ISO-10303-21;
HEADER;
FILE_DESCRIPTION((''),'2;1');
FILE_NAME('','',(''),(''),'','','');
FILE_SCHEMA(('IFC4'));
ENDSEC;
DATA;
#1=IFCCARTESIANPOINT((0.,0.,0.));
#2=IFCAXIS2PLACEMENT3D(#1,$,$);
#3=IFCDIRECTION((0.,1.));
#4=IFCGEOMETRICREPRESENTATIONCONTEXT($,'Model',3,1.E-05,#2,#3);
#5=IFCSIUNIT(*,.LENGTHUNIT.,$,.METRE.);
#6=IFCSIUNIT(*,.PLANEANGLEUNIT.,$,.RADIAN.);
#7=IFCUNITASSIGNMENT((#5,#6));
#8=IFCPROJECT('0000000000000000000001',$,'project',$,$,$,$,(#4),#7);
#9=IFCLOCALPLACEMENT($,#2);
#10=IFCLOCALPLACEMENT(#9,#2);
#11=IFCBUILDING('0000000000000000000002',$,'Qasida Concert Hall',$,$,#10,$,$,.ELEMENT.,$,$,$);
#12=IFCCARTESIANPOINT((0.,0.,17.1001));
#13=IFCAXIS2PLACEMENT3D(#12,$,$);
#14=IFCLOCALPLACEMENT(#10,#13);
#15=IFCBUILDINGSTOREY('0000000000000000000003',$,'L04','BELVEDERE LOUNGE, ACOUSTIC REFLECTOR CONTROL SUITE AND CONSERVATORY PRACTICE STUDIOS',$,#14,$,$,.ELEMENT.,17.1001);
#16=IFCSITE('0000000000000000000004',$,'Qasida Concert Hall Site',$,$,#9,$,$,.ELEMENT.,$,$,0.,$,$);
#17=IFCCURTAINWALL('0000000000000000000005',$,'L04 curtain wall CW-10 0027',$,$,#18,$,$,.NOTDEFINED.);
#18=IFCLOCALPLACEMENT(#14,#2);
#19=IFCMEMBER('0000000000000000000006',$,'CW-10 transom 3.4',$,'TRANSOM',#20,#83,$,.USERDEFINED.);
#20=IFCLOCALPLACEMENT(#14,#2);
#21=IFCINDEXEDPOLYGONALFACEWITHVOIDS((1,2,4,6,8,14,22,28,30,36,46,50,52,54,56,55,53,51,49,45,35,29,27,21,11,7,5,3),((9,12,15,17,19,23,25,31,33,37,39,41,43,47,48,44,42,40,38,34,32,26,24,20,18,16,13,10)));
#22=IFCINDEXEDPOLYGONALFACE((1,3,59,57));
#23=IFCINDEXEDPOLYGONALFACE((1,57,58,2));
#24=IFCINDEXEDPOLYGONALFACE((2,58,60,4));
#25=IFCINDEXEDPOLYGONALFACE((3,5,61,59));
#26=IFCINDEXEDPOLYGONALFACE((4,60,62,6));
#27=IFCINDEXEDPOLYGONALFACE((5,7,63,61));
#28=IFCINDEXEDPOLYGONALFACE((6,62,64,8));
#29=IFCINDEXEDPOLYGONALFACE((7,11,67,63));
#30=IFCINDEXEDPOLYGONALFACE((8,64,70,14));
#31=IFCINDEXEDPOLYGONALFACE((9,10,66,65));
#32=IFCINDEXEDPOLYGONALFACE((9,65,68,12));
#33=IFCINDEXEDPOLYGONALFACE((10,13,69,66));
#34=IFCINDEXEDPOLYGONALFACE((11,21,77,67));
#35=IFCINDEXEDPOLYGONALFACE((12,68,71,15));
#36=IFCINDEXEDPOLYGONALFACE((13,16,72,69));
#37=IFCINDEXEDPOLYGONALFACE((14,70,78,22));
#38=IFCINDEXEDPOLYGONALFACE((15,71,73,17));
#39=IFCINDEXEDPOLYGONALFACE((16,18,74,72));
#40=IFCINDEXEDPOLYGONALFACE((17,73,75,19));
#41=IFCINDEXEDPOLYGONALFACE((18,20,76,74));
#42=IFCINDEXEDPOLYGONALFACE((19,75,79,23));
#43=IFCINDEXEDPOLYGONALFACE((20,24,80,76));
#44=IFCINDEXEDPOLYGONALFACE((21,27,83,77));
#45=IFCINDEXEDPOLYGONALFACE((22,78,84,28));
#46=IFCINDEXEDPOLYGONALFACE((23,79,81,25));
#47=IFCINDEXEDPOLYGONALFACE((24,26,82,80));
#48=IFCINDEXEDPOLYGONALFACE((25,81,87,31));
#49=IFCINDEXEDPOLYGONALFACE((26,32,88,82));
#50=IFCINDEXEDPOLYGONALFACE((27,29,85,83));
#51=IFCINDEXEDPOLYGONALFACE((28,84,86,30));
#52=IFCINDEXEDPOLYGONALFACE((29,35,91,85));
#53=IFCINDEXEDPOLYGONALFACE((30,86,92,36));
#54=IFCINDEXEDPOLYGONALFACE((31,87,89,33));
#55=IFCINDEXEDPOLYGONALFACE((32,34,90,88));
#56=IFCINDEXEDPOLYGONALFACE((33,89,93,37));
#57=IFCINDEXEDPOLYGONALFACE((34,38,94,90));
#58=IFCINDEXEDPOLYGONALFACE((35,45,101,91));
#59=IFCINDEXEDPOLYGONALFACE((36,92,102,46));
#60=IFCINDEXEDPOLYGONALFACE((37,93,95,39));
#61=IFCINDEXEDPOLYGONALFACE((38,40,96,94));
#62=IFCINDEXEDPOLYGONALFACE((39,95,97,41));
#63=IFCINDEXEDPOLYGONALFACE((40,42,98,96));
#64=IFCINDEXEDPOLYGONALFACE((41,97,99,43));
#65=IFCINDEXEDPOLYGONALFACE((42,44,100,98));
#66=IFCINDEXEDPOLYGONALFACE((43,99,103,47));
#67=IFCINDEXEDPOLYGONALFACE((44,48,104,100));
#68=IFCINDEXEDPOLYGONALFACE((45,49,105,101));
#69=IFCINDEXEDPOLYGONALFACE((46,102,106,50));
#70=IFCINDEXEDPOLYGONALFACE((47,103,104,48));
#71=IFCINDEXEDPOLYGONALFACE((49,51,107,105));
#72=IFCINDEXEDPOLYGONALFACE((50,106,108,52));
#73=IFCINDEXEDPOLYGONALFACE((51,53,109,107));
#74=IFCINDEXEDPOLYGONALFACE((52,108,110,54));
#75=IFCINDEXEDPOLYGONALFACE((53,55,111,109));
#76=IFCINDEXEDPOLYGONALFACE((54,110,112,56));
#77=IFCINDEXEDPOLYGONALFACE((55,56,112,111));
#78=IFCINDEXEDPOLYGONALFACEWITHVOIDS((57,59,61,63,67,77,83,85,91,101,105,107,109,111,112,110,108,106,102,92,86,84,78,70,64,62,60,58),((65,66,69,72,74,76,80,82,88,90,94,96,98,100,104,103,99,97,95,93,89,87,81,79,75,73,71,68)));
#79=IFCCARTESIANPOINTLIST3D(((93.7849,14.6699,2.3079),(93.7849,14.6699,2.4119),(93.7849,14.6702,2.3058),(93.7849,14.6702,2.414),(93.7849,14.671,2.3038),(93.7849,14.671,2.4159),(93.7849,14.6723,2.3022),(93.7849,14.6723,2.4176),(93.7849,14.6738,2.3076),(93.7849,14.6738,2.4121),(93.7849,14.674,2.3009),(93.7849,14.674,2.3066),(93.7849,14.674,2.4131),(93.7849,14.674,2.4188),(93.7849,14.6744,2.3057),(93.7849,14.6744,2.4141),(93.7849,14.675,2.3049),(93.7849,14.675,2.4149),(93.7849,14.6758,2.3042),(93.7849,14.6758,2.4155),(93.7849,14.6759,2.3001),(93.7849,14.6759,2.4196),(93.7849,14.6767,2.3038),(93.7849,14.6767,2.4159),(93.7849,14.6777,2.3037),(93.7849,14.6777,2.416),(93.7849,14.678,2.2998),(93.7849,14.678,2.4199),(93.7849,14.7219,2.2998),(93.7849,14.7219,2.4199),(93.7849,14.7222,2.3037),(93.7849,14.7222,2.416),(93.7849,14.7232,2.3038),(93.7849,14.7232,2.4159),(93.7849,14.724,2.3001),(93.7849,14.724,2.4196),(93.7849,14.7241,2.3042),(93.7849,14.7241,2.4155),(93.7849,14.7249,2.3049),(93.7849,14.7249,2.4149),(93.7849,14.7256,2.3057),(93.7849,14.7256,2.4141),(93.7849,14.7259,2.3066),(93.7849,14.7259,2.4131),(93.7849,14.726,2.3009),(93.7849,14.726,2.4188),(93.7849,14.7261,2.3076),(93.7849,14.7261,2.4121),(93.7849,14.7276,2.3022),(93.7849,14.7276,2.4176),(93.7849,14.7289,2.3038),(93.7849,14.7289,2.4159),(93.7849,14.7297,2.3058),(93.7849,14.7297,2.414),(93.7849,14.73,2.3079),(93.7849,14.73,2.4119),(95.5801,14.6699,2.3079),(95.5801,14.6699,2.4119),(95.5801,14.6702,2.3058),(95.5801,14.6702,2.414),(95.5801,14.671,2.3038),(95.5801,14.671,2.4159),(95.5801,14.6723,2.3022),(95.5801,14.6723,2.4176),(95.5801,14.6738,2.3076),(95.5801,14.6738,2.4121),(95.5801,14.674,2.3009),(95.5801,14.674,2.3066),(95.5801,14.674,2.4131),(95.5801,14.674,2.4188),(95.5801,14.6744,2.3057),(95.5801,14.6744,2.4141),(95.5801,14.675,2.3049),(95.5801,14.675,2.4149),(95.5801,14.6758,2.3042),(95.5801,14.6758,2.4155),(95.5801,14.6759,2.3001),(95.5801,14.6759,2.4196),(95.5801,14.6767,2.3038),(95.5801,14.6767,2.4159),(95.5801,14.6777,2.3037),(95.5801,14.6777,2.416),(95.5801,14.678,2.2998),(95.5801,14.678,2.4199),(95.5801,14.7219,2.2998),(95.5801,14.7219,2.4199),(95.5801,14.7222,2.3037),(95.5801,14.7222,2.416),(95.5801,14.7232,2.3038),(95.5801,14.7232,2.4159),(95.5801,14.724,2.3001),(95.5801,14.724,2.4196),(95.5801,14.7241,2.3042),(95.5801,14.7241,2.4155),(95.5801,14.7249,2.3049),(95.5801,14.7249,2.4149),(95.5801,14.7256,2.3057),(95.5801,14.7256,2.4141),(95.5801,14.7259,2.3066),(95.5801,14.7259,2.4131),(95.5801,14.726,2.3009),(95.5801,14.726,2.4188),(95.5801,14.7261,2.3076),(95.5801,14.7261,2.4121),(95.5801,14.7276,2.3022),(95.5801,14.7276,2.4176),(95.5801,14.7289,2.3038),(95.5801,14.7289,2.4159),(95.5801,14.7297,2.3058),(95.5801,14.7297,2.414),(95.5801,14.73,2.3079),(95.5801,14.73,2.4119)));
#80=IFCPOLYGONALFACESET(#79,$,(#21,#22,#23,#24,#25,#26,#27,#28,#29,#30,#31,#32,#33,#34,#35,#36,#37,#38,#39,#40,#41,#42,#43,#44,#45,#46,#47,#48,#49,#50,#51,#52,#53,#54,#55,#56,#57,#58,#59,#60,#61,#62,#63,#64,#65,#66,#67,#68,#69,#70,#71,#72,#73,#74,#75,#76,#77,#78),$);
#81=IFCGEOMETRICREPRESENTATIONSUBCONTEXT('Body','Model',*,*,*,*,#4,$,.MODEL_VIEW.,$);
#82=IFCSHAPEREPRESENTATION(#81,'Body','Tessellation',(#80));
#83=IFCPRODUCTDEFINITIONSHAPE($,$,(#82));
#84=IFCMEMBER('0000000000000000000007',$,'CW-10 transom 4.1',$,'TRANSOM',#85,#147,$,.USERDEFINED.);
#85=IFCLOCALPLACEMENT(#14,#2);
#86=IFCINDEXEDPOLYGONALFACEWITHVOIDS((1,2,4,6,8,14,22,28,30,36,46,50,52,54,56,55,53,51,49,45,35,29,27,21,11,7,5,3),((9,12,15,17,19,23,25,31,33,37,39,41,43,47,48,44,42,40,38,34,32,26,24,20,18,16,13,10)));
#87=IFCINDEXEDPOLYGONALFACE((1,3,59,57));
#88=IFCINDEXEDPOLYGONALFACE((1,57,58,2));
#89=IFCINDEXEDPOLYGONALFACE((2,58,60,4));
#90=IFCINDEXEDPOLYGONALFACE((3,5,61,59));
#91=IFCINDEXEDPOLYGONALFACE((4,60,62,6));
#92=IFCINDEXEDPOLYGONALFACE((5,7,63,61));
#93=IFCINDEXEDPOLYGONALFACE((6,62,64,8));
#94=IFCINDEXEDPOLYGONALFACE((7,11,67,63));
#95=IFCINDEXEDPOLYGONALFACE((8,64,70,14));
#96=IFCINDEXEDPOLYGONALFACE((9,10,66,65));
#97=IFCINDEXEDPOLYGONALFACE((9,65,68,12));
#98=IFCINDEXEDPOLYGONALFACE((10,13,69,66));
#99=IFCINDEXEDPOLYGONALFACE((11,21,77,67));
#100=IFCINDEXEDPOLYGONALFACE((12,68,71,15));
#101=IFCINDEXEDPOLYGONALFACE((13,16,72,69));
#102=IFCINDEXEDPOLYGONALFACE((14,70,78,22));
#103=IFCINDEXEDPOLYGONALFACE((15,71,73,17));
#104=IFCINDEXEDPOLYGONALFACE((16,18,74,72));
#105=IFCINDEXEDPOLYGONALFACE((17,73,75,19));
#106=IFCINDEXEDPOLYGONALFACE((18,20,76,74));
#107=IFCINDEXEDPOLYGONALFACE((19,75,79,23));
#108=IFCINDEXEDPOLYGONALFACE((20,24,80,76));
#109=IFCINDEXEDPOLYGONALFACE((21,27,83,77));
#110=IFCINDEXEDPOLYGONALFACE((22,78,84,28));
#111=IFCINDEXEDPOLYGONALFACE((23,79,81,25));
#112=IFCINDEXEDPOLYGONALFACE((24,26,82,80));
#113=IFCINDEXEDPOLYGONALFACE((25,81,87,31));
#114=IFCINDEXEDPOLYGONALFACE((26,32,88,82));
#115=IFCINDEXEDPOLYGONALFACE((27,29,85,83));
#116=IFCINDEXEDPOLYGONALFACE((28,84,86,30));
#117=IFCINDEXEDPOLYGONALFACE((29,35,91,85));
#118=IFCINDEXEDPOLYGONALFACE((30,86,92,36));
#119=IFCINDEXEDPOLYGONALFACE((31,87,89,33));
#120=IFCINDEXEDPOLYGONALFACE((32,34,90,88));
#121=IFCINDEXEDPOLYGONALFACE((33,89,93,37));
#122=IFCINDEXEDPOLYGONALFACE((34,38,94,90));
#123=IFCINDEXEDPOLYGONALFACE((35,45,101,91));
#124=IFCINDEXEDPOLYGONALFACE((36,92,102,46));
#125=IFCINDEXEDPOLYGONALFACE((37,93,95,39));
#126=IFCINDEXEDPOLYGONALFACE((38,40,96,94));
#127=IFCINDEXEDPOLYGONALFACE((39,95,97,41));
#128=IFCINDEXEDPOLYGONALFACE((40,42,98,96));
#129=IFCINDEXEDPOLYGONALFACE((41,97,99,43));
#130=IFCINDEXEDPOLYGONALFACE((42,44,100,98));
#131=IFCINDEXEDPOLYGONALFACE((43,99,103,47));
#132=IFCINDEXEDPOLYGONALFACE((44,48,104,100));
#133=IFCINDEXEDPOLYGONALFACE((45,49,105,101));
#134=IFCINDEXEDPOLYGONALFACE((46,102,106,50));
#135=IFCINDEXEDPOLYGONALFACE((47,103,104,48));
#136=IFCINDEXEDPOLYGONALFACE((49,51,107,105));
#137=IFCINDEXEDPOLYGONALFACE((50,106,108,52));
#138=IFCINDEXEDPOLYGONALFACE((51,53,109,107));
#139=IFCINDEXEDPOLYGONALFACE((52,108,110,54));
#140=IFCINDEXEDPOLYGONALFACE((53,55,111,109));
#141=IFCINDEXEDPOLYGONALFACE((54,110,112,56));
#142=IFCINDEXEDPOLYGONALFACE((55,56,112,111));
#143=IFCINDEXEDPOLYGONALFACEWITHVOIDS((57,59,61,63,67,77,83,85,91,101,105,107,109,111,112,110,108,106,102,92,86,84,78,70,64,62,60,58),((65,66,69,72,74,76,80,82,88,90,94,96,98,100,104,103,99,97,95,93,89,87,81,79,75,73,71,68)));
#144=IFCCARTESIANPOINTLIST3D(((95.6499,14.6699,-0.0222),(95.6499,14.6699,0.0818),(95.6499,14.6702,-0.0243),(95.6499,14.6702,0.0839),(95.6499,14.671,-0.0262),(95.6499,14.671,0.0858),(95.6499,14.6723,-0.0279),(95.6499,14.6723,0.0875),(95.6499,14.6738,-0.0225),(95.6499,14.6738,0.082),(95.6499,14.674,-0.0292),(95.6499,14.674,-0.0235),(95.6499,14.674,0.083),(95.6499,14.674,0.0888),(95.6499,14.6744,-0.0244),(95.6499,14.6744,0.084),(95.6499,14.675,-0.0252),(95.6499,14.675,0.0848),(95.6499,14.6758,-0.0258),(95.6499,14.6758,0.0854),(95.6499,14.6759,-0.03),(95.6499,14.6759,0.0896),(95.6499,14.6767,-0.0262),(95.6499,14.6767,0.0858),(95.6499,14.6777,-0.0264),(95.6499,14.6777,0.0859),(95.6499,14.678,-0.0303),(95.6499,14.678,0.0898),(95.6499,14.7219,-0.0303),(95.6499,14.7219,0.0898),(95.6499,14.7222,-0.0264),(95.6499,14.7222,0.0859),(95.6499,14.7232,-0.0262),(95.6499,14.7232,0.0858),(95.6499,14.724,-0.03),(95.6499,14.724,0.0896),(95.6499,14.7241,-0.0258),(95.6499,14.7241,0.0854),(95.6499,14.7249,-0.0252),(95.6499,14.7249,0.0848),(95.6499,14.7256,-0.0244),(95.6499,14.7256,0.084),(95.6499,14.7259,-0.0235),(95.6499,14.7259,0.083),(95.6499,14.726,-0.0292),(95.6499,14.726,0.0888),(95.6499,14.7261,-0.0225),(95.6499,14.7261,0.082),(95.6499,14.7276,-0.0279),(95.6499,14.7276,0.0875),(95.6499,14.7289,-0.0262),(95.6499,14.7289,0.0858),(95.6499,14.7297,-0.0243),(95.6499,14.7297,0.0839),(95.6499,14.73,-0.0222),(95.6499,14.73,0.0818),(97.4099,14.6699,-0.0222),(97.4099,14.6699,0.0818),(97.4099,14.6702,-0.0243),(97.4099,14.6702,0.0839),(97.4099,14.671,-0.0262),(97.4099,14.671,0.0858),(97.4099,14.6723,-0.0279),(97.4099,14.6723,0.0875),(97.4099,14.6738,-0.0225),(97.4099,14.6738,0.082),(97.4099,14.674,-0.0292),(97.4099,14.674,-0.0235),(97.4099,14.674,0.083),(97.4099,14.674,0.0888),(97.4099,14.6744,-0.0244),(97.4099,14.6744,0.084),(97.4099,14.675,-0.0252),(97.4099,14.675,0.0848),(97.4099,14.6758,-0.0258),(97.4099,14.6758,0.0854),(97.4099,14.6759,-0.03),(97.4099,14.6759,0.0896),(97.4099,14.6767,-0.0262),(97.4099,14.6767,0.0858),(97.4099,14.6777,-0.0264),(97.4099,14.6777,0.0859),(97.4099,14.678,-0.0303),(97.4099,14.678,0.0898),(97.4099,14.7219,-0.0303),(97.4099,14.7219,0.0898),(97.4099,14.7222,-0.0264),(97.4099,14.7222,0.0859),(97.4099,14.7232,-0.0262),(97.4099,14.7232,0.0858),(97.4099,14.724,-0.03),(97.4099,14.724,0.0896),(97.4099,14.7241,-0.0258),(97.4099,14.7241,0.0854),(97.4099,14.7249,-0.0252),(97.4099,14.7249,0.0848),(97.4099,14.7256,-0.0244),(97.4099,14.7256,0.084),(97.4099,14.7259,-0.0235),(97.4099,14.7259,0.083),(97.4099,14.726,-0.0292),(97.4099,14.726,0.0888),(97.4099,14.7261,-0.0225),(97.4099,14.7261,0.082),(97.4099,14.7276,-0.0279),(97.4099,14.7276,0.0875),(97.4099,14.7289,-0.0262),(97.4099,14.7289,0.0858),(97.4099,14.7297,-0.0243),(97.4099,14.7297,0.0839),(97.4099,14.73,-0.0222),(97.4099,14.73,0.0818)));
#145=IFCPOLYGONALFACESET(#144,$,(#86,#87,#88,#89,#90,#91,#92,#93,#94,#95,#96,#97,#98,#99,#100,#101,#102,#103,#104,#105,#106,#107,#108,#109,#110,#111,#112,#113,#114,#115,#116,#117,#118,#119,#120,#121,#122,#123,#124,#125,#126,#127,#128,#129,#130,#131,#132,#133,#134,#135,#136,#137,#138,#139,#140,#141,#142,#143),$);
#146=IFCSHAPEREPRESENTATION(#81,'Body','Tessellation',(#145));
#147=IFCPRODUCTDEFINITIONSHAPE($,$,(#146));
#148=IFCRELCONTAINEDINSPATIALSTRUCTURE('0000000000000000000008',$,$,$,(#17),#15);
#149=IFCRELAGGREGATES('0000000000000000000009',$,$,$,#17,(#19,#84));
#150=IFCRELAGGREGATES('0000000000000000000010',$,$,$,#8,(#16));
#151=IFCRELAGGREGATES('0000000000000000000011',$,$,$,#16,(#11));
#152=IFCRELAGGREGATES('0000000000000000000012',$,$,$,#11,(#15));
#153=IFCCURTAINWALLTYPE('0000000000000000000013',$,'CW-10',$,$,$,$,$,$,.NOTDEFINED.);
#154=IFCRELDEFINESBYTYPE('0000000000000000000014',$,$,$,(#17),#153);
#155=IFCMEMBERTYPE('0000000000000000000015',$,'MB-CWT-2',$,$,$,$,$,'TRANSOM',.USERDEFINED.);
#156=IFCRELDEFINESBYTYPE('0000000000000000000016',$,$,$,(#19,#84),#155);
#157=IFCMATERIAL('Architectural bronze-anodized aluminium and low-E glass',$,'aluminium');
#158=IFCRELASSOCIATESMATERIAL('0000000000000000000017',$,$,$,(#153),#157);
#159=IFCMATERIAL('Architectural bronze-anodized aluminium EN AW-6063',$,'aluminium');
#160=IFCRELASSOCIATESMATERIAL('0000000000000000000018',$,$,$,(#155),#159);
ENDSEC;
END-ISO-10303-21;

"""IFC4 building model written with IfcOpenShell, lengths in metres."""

from ifc_helpers import new_model, si_unit, direction, frame, origin, origin_2d, place, context, subcontext, project, spatial, hollow_rectangle, extrude, material, material_profile, profile_set, type_object, element, aggregate, save


model = new_model("IFC4")

# Units and contexts
model_context = context("Model", 3, precision=1e-05, world=origin(), true_north=direction((0.0, 1.0)))
body_context = subcontext(model_context, "Body", "Model", "MODEL_VIEW")
ifc_project = project(units=[si_unit("LENGTHUNIT", "METRE"), si_unit("PLANEANGLEUNIT", "RADIAN")], contexts=[model_context])

# Site, building, storey
site_placement = place(None, origin())
site = spatial("IfcSite", under=ifc_project, at=site_placement, Name="Qasida Concert Hall Site", CompositionType="ELEMENT", RefElevation=0.0)
building_placement = place(site_placement, origin())
building = spatial("IfcBuilding", under=site, at=building_placement, Name="Qasida Concert Hall", CompositionType="ELEMENT")
storey_placement = place(building_placement, frame((0.0, 0.0, 17.1001)))
storey = spatial("IfcBuildingStorey", under=building, at=storey_placement, Name="L04", Description="BELVEDERE LOUNGE, ACOUSTIC REFLECTOR CONTROL SUITE AND CONSERVATORY PRACTICE STUDIOS", CompositionType="ELEMENT", Elevation=17.1001)

# Curtain wall
ifc_material_1 = material(Name="Architectural bronze-anodized aluminium and low-E glass", Category="aluminium")
curtain_wall_type = type_object("IfcCurtainWallType", Name="CW-10", PredefinedType="NOTDEFINED", material=ifc_material_1)
curtain_wall_1_placement = place(storey_placement, origin())
curtain_wall_1 = element("IfcCurtainWall", 1, at=curtain_wall_1_placement, inside=storey, type_object=curtain_wall_type, Name="L04 curtain wall CW-10 0027", PredefinedType="NOTDEFINED")
ifc_material_2 = material(Name="Architectural bronze-anodized aluminium EN AW-6063", Category="aluminium")

# Members
ifc_material_profile_1 = material_profile(ifc_material_2, hollow_rectangle(XDim=0.0601, YDim=0.1201, WallThickness=0.0039, InnerFilletRadius=0.0039, OuterFilletRadius=0.0081, at=origin_2d()), Name="CWT 120x60x4")
ifc_profile_set_1 = profile_set([ifc_material_profile_1], Name="Architectural bronze-anodized aluminium EN AW-6063")
member_type_1 = type_object("IfcMemberType", Name="MB-CWT-2", ElementType="TRANSOM", PredefinedType="USERDEFINED", material=ifc_profile_set_1)
member_1_placement = place(storey_placement, frame((93.7849, 14.7, 2.3599), z_axis=(1.0, 0.0, 0.0), x_axis=(0.0, 1.0, 0.0)))
member_1 = element("IfcMember", 2, at=member_1_placement, type_object=member_type_1, Name="CW-10 transom 3.4", ObjectType="TRANSOM", PredefinedType="USERDEFINED", context=body_context, shape_type="SweptSolid", body=[
    extrude(hollow_rectangle(XDim=0.0601, YDim=0.1201, WallThickness=0.0039, InnerFilletRadius=0.0039, OuterFilletRadius=0.0081, at=origin_2d()), origin(), (0.0, 0.0, 1.0), 1.7952),
])
member_2_placement = place(storey_placement, frame((95.6499, 14.7, 0.0298), z_axis=(1.0, 0.0, 0.0), x_axis=(0.0, 1.0, 0.0)))
member_2 = element("IfcMember", 3, at=member_2_placement, type_object=member_type_1, Name="CW-10 transom 4.1", ObjectType="TRANSOM", PredefinedType="USERDEFINED", context=body_context, shape_type="SweptSolid", body=[
    extrude(hollow_rectangle(XDim=0.0601, YDim=0.1201, WallThickness=0.0039, InnerFilletRadius=0.0039, OuterFilletRadius=0.0081, at=origin_2d()), origin(), (0.0, 0.0, 1.0), 1.76),
])

aggregate(curtain_wall_1, [member_1, member_2])

save(model, "model.ifc")
